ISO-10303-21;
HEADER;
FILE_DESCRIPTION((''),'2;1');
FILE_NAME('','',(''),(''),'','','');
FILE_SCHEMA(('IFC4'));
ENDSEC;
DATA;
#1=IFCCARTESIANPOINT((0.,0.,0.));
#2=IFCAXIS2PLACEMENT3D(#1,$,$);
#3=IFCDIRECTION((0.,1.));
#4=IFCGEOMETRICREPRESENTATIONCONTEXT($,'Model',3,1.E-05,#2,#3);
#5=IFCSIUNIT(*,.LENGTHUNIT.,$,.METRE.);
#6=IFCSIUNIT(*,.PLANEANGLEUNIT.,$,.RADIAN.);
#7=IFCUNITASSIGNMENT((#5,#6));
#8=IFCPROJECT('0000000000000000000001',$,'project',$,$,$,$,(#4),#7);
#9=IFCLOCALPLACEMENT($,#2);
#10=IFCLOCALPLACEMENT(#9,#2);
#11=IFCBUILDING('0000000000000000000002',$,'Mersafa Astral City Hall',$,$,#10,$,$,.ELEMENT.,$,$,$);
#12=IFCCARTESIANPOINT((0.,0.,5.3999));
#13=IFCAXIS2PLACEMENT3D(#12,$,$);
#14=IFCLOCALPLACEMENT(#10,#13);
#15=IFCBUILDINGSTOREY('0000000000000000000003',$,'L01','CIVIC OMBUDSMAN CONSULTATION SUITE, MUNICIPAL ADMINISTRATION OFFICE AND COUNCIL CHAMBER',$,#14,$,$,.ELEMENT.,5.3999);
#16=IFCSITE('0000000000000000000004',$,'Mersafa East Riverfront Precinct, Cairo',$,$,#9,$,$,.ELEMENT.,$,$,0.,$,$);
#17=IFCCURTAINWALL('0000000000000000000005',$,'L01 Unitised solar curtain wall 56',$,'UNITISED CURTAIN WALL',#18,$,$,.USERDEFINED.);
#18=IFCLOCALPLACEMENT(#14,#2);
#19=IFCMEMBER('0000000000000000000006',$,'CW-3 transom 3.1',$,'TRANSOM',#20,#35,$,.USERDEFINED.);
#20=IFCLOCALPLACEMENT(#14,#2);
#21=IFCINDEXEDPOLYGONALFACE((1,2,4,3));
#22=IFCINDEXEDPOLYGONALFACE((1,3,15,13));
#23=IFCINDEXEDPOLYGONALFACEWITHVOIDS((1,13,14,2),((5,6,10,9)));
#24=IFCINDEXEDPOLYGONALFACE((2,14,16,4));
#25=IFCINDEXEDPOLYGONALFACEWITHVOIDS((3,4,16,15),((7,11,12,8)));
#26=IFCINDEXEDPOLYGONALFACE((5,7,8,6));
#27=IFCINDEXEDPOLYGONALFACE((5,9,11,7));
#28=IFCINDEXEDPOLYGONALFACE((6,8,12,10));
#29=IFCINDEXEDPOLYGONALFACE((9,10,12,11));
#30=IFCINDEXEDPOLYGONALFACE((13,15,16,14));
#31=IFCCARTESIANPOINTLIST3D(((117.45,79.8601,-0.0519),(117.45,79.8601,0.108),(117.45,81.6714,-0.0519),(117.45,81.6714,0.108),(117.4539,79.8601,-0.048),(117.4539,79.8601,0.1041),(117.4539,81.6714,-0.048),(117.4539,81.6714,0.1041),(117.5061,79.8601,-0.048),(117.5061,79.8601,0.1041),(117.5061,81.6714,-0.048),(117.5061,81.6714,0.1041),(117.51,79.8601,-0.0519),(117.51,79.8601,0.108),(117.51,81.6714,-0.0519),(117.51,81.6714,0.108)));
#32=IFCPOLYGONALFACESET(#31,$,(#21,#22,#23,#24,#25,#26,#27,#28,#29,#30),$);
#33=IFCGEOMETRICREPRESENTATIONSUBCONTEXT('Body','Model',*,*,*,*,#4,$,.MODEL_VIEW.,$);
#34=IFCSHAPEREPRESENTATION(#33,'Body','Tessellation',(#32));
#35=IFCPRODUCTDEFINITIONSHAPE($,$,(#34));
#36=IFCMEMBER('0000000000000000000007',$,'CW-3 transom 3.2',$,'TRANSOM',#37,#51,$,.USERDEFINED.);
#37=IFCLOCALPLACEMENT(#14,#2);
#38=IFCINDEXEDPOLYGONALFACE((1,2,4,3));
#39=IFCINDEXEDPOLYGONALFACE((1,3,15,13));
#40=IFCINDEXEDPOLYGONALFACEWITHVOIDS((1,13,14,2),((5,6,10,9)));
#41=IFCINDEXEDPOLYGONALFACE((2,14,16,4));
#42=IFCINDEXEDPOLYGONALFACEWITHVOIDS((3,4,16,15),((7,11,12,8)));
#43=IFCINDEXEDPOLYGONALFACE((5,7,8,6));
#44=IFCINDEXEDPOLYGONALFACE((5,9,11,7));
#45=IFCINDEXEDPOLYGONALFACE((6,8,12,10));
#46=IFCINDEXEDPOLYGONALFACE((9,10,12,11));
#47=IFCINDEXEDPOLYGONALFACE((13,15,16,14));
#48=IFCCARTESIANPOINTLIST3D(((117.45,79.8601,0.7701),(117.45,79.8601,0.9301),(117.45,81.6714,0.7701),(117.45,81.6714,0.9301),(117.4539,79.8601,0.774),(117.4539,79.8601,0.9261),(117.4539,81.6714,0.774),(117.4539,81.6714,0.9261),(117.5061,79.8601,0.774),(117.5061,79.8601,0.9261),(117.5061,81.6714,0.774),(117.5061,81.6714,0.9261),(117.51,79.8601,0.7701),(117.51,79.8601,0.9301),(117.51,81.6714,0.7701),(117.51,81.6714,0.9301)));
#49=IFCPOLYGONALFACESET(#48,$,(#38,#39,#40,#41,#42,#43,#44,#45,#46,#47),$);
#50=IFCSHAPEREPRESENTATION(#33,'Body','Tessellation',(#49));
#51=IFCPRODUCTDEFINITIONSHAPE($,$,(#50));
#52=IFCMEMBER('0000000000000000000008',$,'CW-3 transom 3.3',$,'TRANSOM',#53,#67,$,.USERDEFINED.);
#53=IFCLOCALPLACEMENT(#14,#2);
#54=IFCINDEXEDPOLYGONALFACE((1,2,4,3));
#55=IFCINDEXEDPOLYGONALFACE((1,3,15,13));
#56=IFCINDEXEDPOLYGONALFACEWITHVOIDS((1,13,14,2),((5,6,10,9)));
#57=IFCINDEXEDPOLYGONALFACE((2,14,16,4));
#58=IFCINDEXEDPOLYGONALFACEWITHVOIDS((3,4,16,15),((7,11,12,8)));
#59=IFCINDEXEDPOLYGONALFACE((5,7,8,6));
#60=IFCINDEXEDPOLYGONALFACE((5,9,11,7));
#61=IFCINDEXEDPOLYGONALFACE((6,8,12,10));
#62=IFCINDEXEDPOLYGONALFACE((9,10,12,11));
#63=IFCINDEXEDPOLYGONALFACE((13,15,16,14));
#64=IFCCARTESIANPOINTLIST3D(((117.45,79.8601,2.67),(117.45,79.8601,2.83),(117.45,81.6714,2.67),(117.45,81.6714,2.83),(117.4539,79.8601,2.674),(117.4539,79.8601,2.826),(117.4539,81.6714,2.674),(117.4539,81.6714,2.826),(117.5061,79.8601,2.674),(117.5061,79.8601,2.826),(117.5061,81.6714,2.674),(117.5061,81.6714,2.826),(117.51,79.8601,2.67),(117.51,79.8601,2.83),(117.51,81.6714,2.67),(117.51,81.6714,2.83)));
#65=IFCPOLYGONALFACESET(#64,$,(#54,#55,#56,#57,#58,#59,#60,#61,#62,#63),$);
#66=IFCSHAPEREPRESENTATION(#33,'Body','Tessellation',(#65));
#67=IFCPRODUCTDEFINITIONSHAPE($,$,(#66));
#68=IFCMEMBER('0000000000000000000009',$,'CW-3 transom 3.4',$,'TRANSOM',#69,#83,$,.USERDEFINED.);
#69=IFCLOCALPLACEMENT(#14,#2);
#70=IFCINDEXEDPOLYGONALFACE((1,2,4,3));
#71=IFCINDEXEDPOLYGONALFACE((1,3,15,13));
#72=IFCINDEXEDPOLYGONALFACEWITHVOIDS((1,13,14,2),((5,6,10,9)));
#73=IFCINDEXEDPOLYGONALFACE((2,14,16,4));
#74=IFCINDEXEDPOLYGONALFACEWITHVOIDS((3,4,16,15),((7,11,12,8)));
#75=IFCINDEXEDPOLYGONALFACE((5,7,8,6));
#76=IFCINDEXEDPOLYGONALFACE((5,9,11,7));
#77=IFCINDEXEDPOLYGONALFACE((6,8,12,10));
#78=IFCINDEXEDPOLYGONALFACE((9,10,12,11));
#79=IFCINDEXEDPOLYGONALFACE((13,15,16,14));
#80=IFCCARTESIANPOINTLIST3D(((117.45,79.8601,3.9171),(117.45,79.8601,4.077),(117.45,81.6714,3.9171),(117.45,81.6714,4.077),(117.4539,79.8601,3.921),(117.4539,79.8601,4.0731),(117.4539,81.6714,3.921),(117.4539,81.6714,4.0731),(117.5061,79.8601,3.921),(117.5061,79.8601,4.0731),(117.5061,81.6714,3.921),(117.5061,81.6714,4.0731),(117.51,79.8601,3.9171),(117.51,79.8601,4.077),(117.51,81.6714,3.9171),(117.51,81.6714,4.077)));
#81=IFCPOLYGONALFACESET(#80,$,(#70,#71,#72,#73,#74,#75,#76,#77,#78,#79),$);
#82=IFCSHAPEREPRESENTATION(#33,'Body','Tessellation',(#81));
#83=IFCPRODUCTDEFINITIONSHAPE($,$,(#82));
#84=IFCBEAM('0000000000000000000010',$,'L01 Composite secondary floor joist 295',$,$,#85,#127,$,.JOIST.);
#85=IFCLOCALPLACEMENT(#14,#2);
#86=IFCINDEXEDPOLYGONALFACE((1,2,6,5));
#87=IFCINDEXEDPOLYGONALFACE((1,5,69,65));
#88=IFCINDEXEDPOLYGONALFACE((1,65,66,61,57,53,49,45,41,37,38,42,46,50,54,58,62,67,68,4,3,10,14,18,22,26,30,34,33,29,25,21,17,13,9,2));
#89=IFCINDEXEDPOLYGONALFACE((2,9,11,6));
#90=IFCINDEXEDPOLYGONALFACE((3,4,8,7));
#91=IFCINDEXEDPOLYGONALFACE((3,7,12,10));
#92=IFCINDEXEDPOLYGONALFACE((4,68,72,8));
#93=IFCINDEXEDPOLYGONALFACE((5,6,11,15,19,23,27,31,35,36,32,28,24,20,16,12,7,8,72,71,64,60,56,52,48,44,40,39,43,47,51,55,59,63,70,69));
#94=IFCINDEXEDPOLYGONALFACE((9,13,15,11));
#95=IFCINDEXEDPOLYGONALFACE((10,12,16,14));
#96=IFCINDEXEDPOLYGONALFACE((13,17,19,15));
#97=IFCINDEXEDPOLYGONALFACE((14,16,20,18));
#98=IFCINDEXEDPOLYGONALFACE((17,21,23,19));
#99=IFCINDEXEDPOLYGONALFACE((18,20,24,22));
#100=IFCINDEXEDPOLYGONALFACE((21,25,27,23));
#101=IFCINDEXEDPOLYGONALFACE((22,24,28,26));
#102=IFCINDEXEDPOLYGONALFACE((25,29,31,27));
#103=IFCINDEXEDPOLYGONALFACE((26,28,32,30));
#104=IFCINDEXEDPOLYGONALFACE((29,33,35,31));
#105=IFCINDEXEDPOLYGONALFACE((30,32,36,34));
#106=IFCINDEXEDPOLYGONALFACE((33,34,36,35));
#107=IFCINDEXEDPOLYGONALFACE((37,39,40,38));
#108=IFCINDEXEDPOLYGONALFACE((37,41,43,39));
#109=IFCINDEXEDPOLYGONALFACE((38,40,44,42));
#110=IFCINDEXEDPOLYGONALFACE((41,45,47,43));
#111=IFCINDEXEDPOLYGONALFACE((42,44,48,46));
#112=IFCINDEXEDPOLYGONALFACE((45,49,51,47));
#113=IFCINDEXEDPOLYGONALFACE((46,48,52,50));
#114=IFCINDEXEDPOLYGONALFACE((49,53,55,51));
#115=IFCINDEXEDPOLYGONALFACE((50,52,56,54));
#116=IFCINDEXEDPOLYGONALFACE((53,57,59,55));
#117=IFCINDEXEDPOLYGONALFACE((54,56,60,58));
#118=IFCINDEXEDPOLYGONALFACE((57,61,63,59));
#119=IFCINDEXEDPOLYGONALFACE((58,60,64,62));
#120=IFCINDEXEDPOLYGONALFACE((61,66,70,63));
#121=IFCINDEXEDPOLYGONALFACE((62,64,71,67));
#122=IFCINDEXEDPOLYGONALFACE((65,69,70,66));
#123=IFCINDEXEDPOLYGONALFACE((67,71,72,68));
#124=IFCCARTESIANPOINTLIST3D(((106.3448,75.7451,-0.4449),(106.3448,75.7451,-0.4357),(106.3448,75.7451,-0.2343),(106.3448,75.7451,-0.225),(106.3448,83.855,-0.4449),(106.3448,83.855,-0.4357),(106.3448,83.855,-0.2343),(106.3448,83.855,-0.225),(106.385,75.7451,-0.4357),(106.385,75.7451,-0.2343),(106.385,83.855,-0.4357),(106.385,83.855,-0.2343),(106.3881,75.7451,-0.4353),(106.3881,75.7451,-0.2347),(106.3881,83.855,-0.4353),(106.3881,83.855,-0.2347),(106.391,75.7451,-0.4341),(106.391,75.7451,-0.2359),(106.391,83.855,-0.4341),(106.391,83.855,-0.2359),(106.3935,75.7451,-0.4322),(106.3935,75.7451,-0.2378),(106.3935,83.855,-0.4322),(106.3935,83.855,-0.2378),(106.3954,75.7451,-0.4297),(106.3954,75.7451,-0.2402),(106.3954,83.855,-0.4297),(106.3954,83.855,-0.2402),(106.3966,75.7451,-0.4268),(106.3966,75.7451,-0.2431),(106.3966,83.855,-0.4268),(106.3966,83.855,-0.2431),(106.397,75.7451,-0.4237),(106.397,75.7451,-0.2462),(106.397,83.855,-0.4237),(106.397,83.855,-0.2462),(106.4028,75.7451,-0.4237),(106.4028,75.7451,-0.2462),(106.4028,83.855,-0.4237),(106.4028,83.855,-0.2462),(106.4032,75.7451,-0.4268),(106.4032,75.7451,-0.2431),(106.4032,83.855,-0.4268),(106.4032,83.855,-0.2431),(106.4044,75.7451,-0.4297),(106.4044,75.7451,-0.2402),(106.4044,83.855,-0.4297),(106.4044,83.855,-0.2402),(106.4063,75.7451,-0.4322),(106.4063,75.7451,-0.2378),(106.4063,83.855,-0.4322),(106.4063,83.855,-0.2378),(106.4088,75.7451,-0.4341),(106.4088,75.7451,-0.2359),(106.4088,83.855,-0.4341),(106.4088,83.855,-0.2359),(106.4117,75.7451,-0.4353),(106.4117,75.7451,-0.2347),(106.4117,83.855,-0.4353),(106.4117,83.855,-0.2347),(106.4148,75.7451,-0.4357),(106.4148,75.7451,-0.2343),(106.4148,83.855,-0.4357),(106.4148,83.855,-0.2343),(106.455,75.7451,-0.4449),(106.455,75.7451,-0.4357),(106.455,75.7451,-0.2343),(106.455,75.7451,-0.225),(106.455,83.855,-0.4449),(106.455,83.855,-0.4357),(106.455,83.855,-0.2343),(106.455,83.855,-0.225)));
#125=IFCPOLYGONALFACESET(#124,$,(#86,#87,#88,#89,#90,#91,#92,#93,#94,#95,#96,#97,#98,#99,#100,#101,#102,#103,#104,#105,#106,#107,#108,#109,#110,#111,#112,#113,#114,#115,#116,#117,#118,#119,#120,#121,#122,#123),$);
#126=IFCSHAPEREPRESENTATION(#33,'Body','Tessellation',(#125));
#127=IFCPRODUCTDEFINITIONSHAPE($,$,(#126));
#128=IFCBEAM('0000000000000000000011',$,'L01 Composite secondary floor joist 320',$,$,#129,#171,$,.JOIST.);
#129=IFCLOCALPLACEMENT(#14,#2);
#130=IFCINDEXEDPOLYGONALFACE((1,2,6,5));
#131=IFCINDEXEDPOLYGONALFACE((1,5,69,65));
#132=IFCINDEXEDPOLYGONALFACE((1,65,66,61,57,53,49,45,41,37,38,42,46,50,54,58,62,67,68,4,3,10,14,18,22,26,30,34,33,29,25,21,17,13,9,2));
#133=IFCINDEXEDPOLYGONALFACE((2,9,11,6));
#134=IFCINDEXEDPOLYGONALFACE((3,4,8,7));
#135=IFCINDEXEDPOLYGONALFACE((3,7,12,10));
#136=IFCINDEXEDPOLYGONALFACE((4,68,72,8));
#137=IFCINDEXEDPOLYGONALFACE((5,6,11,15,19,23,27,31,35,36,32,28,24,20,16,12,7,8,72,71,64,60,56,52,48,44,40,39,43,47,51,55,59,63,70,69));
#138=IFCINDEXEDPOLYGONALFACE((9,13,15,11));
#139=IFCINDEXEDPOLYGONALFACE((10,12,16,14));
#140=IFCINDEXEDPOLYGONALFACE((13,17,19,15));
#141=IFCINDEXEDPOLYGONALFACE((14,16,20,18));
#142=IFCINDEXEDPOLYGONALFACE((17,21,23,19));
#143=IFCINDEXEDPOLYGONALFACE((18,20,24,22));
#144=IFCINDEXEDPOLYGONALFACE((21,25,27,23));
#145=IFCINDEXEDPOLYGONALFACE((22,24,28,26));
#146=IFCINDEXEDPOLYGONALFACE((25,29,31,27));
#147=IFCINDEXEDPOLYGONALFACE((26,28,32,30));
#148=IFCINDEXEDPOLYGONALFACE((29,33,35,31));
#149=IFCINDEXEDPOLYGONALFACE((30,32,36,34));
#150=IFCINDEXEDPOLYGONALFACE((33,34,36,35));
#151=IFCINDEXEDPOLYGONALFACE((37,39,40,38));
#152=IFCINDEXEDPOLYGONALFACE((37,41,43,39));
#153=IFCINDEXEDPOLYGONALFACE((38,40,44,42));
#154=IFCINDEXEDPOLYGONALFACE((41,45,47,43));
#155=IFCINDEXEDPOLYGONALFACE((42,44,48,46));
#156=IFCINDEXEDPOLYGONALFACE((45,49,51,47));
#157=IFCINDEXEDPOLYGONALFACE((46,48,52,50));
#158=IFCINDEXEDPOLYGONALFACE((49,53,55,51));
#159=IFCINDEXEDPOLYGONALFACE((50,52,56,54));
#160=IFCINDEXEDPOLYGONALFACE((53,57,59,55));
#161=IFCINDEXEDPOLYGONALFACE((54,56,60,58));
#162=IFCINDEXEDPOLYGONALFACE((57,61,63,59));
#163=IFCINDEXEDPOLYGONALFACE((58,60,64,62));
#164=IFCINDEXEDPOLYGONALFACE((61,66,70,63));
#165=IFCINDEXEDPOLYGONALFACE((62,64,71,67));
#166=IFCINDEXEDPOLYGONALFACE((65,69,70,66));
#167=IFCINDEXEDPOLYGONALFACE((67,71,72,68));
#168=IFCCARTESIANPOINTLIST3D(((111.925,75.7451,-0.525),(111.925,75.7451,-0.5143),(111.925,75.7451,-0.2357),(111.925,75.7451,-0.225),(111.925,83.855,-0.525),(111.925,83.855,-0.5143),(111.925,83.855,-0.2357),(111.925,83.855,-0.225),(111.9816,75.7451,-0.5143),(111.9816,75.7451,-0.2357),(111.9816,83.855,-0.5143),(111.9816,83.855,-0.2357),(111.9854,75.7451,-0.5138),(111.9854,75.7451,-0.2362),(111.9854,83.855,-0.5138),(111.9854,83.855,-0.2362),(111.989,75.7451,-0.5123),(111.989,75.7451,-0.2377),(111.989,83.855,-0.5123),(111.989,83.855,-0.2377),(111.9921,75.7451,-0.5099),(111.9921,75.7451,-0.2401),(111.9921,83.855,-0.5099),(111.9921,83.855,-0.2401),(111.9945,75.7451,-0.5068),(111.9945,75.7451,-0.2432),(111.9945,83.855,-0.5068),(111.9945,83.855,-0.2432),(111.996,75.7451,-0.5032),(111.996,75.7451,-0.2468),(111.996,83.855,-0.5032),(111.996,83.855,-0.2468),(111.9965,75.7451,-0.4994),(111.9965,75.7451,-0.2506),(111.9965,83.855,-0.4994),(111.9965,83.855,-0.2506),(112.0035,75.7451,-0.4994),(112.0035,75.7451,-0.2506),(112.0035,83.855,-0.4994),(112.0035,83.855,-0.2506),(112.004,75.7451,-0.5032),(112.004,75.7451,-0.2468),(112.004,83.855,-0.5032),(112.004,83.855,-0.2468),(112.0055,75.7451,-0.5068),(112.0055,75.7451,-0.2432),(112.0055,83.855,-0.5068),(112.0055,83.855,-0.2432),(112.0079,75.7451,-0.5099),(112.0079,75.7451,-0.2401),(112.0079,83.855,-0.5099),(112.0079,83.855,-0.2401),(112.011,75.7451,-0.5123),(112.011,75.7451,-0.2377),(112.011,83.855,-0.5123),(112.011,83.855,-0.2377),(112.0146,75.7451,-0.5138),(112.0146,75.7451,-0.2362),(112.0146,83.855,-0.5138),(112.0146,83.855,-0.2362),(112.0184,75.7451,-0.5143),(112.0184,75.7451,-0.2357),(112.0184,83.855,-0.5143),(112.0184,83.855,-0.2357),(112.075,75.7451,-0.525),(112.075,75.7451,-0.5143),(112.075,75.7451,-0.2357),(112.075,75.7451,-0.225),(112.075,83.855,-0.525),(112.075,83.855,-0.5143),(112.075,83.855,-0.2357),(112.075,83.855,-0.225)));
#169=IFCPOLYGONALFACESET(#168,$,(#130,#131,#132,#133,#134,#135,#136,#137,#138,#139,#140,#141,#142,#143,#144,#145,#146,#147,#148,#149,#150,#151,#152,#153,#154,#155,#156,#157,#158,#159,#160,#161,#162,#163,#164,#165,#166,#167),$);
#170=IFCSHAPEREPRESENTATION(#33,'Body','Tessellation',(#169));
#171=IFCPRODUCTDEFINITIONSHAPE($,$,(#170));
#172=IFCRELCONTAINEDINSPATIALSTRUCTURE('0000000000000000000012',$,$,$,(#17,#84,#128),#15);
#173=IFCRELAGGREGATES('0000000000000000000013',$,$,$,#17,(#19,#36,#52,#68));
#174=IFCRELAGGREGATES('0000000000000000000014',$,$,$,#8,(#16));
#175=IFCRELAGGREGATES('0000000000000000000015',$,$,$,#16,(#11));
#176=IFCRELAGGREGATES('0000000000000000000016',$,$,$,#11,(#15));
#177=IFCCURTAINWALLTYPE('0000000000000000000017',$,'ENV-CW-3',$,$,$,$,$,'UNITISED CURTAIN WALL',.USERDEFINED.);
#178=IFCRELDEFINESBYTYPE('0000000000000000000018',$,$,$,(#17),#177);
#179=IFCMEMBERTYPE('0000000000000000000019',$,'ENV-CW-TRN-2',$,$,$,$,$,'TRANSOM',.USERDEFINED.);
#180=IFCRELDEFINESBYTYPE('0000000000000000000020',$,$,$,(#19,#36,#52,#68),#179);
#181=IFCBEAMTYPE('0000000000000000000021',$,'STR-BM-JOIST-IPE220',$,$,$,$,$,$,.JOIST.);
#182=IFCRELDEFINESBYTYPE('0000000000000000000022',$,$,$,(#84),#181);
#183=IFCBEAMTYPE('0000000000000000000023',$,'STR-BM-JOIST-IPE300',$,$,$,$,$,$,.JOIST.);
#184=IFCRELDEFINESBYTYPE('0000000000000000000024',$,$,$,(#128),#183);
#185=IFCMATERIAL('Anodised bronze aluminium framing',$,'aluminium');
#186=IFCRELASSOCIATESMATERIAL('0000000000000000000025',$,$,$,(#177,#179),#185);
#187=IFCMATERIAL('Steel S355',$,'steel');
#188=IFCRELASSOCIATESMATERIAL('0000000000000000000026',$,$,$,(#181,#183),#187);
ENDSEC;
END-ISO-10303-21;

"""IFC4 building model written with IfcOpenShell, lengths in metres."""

from ifc_helpers import new_model, si_unit, direction, frame, origin, origin_2d, place, context, subcontext, project, spatial, hollow_rectangle, i_section, extrude, material, material_profile, profile_set, type_object, element, aggregate, save


model = new_model("IFC4")

# Units and contexts
model_context = context("Model", 3, precision=1e-05, world=origin(), true_north=direction((0.0, 1.0)))
body_context = subcontext(model_context, "Body", "Model", "MODEL_VIEW")
ifc_project = project(units=[si_unit("LENGTHUNIT", "METRE"), si_unit("PLANEANGLEUNIT", "RADIAN")], contexts=[model_context])

# Site, building, storey
site_placement = place(None, origin())
site = spatial("IfcSite", under=ifc_project, at=site_placement, Name="Mersafa East Riverfront Precinct, Cairo", CompositionType="ELEMENT", RefElevation=0.0)
building_placement = place(site_placement, origin())
building = spatial("IfcBuilding", under=site, at=building_placement, Name="Mersafa Astral City Hall", CompositionType="ELEMENT")
storey_placement = place(building_placement, frame((0.0, 0.0, 5.3999)))
storey = spatial("IfcBuildingStorey", under=building, at=storey_placement, Name="L01", Description="CIVIC OMBUDSMAN CONSULTATION SUITE, MUNICIPAL ADMINISTRATION OFFICE AND COUNCIL CHAMBER", CompositionType="ELEMENT", Elevation=5.3999)

# Curtain wall, members
ifc_material_1 = material(Name="Anodised bronze aluminium framing", Category="aluminium")
curtain_wall_type = type_object("IfcCurtainWallType", Name="ENV-CW-3", ElementType="UNITISED CURTAIN WALL", PredefinedType="USERDEFINED", material=ifc_material_1)
curtain_wall_placement = place(storey_placement, origin())
curtain_wall = element("IfcCurtainWall", 1, at=curtain_wall_placement, inside=storey, type_object=curtain_wall_type, Name="L01 Unitised solar curtain wall 56", ObjectType="UNITISED CURTAIN WALL", PredefinedType="USERDEFINED")
ifc_material_profile_1 = material_profile(ifc_material_1, hollow_rectangle(XDim=0.0601, YDim=0.1599, WallThickness=0.0039, at=origin_2d()), Name="RHS 60x160x4")
ifc_profile_set_1 = profile_set([ifc_material_profile_1], Name="Anodised bronze aluminium framing")
member_type_1 = type_object("IfcMemberType", Name="ENV-CW-TRN-2", ElementType="TRANSOM", PredefinedType="USERDEFINED", material=ifc_profile_set_1)
member_1_placement = place(storey_placement, frame((117.48, 79.8601, 0.0281), z_axis=(0.0, 1.0, 0.0), x_axis=(-1.0, 0.0, 0.0)))
member_1 = element("IfcMember", 2, at=member_1_placement, type_object=member_type_1, Name="CW-3 transom 3.1", ObjectType="TRANSOM", PredefinedType="USERDEFINED", context=body_context, shape_type="SweptSolid", body=[
    extrude(hollow_rectangle(XDim=0.0601, YDim=0.1599, WallThickness=0.0039, at=origin_2d()), origin(), (0.0, 0.0, 1.0), 1.8113),
])
member_2_placement = place(storey_placement, frame((117.48, 79.8601, 0.8501), z_axis=(0.0, 1.0, 0.0), x_axis=(-1.0, 0.0, 0.0)))
member_2 = element("IfcMember", 3, at=member_2_placement, type_object=member_type_1, Name="CW-3 transom 3.2", ObjectType="TRANSOM", PredefinedType="USERDEFINED", context=body_context, shape_type="SweptSolid", body=[
    extrude(hollow_rectangle(XDim=0.0601, YDim=0.1599, WallThickness=0.0039, at=origin_2d()), origin(), (0.0, 0.0, 1.0), 1.8113),
])
member_3_placement = place(storey_placement, frame((117.48, 79.8601, 2.75), z_axis=(0.0, 1.0, 0.0), x_axis=(-1.0, 0.0, 0.0)))
member_3 = element("IfcMember", 4, at=member_3_placement, type_object=member_type_1, Name="CW-3 transom 3.3", ObjectType="TRANSOM", PredefinedType="USERDEFINED", context=body_context, shape_type="SweptSolid", body=[
    extrude(hollow_rectangle(XDim=0.0601, YDim=0.1599, WallThickness=0.0039, at=origin_2d()), origin(), (0.0, 0.0, 1.0), 1.8113),
])
member_4_placement = place(storey_placement, frame((117.48, 79.8601, 3.9971), z_axis=(0.0, 1.0, 0.0), x_axis=(-1.0, 0.0, 0.0)))
member_4 = element("IfcMember", 5, at=member_4_placement, type_object=member_type_1, Name="CW-3 transom 3.4", ObjectType="TRANSOM", PredefinedType="USERDEFINED", context=body_context, shape_type="SweptSolid", body=[
    extrude(hollow_rectangle(XDim=0.0601, YDim=0.1599, WallThickness=0.0039, at=origin_2d()), origin(), (0.0, 0.0, 1.0), 1.8113),
])

# Beams
ifc_material_2 = material(Name="Steel S355", Category="steel")
ifc_material_profile_2 = material_profile(ifc_material_2, i_section(OverallWidth=0.1101, OverallDepth=0.22, WebThickness=0.0059, FlangeThickness=0.0093, FilletRadius=0.012, at=origin_2d()), Name="IPE 220")
ifc_profile_set_2 = profile_set([ifc_material_profile_2], Name="Steel S355")
beam_type_1 = type_object("IfcBeamType", Name="STR-BM-JOIST-IPE220", PredefinedType="JOIST", material=ifc_profile_set_2)
beam_placement = place(storey_placement, frame((106.3999, 75.7451, -0.335), z_axis=(0.0, 1.0, 0.0), x_axis=(-1.0, 0.0, 0.0)))
element("IfcBeam", 6, at=beam_placement, inside=storey, type_object=beam_type_1, Name="L01 Composite secondary floor joist 295", PredefinedType="JOIST", context=body_context, shape_type="SweptSolid", body=[
    extrude(i_section(OverallWidth=0.1101, OverallDepth=0.22, WebThickness=0.0059, FlangeThickness=0.0093, FilletRadius=0.012, at=origin_2d()), origin(), (0.0, 0.0, 1.0), 8.1099),
])
ifc_material_profile_3 = material_profile(ifc_material_2, i_section(OverallWidth=0.1499, OverallDepth=0.3, WebThickness=0.0071, FlangeThickness=0.0107, FilletRadius=0.0149, at=origin_2d()), Name="IPE 300")
ifc_profile_set_3 = profile_set([ifc_material_profile_3], Name="Steel S355")
beam_type_2 = type_object("IfcBeamType", Name="STR-BM-JOIST-IPE300", PredefinedType="JOIST", material=ifc_profile_set_3)
for number, where, z_axis, x_axis, name in (
    (7, (112.0, 75.7451, -0.375), (0.0, 1.0, 0.0), (-1.0, 0.0, 0.0), "L01 Composite secondary floor joist 320"),
):
    element("IfcBeam", number, at=place(storey_placement, frame(where, z_axis=z_axis, x_axis=x_axis)), inside=storey, type_object=beam_type_2, Name=name, PredefinedType="JOIST", context=body_context, shape_type="SweptSolid", body=[
        extrude(i_section(OverallWidth=0.1499, OverallDepth=0.3, WebThickness=0.0071, FlangeThickness=0.0107, FilletRadius=0.0149, at=origin_2d()), origin(), (0.0, 0.0, 1.0), 8.1099),
    ])

aggregate(curtain_wall, [member_1, member_2, member_3, member_4])

save(model, "model.ifc")
